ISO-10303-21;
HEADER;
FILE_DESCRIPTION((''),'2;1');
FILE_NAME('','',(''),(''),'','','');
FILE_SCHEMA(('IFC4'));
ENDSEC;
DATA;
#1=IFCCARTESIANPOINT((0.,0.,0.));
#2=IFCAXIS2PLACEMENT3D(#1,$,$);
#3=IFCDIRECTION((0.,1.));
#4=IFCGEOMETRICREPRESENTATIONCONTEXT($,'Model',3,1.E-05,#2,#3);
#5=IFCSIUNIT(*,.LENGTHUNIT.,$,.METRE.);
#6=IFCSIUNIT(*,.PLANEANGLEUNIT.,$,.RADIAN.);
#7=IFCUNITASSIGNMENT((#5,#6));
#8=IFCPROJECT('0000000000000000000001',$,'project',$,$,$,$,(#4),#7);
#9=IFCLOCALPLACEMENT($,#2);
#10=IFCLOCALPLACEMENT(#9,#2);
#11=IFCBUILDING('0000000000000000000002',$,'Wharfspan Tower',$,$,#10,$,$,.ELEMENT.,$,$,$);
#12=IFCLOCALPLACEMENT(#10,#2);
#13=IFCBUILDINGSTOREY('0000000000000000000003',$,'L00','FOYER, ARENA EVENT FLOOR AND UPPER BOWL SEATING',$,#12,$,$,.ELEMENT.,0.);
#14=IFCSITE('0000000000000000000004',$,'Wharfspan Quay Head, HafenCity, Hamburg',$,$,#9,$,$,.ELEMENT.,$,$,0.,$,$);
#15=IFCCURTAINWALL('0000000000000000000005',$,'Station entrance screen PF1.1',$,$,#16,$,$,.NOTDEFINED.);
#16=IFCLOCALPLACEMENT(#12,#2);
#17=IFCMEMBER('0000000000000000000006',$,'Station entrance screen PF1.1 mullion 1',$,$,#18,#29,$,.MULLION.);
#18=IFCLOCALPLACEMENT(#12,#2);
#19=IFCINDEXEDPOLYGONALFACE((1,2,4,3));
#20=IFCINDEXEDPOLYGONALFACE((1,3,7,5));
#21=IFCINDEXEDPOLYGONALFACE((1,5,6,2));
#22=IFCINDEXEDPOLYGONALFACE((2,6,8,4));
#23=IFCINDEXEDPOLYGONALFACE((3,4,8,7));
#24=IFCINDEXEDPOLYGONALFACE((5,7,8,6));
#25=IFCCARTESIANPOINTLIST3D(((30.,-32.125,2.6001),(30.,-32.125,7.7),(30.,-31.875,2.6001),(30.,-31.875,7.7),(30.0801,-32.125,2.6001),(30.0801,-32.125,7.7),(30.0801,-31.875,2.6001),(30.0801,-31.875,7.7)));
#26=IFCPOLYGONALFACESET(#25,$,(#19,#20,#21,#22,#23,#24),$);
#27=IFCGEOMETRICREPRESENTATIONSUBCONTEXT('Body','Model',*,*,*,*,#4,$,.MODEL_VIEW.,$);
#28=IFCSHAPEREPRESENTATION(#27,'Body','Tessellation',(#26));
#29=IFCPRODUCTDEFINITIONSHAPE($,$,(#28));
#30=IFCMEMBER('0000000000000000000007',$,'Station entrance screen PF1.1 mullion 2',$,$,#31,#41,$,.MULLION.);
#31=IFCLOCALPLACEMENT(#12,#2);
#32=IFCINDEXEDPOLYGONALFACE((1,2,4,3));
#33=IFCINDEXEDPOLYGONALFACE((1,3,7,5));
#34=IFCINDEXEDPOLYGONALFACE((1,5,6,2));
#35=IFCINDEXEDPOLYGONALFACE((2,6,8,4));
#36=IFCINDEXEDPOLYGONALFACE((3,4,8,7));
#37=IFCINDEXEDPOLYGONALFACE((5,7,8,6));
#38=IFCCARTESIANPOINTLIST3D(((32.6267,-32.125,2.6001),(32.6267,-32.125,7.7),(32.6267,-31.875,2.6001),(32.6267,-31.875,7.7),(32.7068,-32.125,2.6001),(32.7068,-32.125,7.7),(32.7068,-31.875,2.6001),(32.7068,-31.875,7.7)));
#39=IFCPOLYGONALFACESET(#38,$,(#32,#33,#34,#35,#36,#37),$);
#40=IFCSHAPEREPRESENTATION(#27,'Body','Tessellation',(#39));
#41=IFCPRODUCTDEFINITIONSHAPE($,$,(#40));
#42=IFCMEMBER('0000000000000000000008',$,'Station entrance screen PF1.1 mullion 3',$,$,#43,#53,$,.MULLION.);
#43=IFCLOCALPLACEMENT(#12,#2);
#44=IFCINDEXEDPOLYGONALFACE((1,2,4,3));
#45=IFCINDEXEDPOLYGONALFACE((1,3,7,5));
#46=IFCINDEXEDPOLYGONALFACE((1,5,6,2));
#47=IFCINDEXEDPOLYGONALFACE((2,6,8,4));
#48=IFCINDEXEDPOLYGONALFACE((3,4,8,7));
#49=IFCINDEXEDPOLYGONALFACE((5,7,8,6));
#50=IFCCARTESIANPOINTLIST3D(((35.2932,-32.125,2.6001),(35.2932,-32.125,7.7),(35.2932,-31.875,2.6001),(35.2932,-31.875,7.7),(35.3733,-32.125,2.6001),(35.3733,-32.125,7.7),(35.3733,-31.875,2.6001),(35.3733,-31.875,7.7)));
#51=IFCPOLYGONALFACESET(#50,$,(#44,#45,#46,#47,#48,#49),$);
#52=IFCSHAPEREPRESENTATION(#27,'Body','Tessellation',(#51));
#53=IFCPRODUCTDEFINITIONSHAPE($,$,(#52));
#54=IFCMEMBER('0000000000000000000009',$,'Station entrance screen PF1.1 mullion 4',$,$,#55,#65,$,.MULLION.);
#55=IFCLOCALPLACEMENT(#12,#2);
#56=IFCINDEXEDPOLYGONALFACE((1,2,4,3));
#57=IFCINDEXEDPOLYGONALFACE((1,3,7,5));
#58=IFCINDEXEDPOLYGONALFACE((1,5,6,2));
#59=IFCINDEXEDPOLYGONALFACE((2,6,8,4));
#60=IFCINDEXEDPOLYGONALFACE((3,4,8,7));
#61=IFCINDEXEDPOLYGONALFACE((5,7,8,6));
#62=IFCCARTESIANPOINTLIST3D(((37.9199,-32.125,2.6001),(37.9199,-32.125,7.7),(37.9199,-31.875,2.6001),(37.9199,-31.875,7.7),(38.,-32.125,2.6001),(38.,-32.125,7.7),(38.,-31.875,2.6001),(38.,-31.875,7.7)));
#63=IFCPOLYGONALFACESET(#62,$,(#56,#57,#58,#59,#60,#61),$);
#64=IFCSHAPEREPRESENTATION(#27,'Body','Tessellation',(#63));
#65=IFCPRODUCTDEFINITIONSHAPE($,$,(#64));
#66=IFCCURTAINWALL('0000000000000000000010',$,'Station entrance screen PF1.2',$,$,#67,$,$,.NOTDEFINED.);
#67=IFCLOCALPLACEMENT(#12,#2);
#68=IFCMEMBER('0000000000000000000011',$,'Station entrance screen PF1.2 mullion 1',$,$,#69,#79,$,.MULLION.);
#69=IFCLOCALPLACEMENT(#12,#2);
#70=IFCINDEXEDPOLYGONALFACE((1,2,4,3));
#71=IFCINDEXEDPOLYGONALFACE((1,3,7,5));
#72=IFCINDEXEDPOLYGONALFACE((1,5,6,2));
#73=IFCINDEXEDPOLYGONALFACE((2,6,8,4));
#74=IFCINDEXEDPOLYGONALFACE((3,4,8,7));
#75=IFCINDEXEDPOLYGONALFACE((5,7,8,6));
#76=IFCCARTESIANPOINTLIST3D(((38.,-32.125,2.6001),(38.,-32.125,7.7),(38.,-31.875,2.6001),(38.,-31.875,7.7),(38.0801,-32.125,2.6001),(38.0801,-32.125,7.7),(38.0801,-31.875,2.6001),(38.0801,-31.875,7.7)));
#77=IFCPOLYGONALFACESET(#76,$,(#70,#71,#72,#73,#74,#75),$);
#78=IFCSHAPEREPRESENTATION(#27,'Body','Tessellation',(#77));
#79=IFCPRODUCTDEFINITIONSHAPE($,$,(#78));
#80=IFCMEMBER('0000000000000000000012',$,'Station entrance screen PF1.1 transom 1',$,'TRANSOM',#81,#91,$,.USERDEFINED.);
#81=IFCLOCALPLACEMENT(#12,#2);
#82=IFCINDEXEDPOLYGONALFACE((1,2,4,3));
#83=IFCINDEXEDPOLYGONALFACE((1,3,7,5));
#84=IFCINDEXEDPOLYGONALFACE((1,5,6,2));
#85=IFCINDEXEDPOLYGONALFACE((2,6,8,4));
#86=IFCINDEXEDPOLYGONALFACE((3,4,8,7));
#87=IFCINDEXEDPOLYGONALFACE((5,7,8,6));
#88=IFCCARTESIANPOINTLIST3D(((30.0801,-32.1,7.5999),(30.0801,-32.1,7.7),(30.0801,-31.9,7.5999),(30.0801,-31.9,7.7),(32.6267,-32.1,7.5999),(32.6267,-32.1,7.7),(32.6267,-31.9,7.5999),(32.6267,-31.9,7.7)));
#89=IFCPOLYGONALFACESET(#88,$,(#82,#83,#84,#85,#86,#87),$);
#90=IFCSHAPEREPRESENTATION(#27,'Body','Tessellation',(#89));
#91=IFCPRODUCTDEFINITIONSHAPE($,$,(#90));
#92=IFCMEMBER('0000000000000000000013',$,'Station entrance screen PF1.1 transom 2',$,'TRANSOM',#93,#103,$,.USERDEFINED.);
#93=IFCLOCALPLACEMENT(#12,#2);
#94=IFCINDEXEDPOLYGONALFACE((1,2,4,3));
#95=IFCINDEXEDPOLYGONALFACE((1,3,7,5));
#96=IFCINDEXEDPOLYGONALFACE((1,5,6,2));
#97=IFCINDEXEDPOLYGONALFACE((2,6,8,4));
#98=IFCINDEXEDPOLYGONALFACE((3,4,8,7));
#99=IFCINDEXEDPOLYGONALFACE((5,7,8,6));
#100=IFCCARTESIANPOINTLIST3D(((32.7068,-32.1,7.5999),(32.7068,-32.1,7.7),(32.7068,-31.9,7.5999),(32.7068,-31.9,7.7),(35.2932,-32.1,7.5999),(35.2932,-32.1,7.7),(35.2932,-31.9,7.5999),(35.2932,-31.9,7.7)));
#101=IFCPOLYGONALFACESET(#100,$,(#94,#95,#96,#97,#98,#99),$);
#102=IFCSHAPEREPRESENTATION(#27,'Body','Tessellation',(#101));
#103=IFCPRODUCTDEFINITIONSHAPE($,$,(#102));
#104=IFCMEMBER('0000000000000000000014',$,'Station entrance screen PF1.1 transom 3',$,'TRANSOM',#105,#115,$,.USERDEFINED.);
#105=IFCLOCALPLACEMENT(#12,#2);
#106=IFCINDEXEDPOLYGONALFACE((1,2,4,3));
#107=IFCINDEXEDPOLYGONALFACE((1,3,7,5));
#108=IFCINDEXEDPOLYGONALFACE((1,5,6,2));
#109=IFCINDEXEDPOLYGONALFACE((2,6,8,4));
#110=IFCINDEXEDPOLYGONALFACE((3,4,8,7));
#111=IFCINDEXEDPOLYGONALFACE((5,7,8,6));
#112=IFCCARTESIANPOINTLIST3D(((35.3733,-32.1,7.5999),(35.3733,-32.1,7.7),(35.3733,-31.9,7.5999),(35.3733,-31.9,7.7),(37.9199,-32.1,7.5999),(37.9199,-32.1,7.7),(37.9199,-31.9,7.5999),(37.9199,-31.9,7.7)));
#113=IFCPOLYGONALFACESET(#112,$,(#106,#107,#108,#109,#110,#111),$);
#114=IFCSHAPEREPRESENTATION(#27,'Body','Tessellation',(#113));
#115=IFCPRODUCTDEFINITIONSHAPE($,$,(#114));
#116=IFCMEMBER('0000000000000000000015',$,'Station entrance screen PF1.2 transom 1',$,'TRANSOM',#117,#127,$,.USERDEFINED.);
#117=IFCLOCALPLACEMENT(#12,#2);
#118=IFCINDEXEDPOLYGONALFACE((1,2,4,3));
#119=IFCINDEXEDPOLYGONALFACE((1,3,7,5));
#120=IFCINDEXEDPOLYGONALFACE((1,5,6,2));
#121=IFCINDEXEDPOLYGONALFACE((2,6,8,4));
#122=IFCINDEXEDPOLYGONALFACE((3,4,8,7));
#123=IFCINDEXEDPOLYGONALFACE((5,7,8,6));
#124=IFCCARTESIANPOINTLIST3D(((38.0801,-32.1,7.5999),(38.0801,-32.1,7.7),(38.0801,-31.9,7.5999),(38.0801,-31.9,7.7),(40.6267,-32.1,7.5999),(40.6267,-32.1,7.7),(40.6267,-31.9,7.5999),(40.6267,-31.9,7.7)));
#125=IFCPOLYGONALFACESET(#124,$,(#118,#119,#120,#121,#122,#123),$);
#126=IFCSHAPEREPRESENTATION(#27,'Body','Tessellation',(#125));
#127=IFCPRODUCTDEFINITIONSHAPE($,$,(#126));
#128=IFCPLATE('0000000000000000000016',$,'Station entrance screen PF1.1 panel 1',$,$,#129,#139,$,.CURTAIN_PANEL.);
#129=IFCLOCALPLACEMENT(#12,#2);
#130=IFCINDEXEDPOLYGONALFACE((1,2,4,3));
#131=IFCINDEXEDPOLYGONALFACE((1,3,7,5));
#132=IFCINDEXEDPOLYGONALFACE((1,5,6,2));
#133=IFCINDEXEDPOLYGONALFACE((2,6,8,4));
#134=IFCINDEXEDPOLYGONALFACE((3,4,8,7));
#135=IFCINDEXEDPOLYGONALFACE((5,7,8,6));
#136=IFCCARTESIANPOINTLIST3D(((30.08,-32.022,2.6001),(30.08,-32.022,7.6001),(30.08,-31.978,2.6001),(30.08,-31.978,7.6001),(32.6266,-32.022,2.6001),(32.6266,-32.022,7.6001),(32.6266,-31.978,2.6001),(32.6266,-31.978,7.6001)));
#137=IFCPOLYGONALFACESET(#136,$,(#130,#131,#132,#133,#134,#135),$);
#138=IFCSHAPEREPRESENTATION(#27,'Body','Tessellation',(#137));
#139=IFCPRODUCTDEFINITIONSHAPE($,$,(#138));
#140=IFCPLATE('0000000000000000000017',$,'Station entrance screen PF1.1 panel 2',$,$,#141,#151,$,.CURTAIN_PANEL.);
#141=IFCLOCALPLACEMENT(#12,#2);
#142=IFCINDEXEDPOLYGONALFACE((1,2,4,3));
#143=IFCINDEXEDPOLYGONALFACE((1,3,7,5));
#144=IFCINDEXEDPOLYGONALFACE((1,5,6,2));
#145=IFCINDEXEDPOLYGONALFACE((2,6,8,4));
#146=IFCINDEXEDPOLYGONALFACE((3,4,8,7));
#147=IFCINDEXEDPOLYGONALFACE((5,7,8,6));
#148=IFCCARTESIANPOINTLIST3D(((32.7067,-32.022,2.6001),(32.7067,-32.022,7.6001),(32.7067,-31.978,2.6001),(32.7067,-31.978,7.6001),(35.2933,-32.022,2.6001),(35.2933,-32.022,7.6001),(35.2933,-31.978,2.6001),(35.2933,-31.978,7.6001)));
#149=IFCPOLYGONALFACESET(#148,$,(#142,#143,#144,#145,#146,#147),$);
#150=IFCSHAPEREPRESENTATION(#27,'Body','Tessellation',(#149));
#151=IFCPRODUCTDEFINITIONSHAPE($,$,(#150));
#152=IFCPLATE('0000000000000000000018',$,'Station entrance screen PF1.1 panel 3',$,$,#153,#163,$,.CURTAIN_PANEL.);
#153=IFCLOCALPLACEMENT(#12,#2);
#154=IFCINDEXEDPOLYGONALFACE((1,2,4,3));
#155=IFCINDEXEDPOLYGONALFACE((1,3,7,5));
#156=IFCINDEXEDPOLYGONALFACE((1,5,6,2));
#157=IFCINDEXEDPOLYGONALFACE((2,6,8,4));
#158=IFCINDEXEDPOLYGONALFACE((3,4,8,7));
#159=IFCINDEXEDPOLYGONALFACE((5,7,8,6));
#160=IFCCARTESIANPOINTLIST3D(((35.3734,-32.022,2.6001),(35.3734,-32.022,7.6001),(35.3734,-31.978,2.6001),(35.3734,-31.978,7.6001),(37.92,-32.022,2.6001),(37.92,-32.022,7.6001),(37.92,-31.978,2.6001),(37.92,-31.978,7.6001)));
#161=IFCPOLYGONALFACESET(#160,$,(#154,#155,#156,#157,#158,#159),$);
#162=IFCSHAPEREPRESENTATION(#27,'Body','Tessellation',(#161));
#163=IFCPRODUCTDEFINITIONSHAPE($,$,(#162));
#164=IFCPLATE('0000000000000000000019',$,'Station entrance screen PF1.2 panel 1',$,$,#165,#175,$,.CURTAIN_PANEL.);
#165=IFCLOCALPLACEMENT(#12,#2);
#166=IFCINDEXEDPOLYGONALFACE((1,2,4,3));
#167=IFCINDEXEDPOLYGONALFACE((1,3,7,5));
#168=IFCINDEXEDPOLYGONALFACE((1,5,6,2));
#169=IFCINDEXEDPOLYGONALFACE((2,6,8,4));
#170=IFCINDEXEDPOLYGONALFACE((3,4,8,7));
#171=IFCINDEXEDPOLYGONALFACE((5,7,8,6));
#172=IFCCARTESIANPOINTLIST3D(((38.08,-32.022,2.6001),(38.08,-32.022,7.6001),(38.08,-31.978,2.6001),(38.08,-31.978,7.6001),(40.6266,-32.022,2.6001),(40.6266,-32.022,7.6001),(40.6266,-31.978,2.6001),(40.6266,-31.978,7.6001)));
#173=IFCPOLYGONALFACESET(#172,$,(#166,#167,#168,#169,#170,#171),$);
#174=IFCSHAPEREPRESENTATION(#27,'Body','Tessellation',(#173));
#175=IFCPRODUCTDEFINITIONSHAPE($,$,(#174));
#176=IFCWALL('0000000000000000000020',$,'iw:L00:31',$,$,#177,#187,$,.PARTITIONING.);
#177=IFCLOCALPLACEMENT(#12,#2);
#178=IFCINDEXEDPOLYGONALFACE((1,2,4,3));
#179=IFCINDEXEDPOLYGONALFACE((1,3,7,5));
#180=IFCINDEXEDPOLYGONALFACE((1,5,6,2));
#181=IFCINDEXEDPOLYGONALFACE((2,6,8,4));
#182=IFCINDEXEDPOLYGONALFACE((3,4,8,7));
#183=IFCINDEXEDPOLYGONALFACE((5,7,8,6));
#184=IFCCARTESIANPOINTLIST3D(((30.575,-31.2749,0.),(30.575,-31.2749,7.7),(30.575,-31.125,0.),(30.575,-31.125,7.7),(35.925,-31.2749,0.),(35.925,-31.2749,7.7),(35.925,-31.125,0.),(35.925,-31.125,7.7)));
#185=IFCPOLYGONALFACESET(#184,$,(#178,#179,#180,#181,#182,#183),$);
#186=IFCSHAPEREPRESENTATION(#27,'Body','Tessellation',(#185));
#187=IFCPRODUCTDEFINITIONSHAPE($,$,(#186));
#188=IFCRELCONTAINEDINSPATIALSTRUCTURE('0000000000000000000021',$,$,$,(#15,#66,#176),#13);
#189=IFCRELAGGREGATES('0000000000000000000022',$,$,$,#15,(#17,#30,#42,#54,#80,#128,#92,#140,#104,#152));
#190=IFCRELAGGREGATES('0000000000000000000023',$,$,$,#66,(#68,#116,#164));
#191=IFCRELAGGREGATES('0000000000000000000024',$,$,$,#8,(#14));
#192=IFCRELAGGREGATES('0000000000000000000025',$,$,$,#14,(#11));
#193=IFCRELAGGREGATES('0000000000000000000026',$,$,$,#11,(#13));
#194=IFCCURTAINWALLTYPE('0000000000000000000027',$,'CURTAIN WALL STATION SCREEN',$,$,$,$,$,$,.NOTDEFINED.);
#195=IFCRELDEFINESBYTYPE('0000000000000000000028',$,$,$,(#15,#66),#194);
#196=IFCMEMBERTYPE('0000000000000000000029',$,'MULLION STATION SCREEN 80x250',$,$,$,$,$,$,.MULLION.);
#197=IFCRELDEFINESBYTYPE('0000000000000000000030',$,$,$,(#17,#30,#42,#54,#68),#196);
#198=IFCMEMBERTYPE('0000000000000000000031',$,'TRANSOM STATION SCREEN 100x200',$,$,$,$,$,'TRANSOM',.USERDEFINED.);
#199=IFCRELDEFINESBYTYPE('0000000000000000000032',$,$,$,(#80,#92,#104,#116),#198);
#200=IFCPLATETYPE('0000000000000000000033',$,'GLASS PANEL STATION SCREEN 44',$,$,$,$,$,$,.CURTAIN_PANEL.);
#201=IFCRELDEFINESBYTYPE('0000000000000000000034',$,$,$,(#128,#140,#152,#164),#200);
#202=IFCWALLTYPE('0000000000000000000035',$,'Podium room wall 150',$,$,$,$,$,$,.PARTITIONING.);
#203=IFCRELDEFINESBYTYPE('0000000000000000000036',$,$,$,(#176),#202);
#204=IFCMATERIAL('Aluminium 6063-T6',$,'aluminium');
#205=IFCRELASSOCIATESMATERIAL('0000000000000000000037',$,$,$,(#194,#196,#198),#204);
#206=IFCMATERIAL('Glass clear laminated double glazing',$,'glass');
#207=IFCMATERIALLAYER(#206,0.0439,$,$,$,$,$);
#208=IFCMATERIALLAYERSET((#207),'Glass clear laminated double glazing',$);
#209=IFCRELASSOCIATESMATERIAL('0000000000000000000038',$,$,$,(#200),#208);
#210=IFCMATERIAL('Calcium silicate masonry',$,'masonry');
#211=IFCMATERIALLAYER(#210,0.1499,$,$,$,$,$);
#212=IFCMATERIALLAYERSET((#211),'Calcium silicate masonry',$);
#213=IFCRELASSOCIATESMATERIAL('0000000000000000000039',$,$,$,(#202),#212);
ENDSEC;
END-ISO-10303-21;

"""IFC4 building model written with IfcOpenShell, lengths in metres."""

from ifc_helpers import new_model, si_unit, direction, frame, frame_2d, origin, origin_2d, place, context, subcontext, project, spatial, rectangle, extrude, material, layer, layer_set, material_profile, profile_set, type_object, element, aggregate, save


model = new_model("IFC4")

# Units and contexts
model_context = context("Model", 3, precision=1e-05, world=origin(), true_north=direction((0.0, 1.0)))
body_context = subcontext(model_context, "Body", "Model", "MODEL_VIEW")
ifc_project = project(units=[si_unit("LENGTHUNIT", "METRE"), si_unit("PLANEANGLEUNIT", "RADIAN")], contexts=[model_context])

# Site, building, storey
site_placement = place(None, origin())
site = spatial("IfcSite", under=ifc_project, at=site_placement, Name="Wharfspan Quay Head, HafenCity, Hamburg", CompositionType="ELEMENT", RefElevation=0.0)
building_placement = place(site_placement, origin())
building = spatial("IfcBuilding", under=site, at=building_placement, Name="Wharfspan Tower", CompositionType="ELEMENT")
storey_placement = place(building_placement, origin())
storey = spatial("IfcBuildingStorey", under=building, at=storey_placement, Name="L00", Description="FOYER, ARENA EVENT FLOOR AND UPPER BOWL SEATING", CompositionType="ELEMENT", Elevation=0.0)

# Curtain wall, members
ifc_material_1 = material(Name="Aluminium 6063-T6", Category="aluminium")
curtain_wall_type = type_object("IfcCurtainWallType", Name="CURTAIN WALL STATION SCREEN", PredefinedType="NOTDEFINED", material=ifc_material_1)
curtain_wall_1_placement = place(storey_placement, origin())
curtain_wall_1 = element("IfcCurtainWall", 1, at=curtain_wall_1_placement, inside=storey, type_object=curtain_wall_type, Name="Station entrance screen PF1.1", PredefinedType="NOTDEFINED")
ifc_material_profile_1 = material_profile(ifc_material_1, rectangle(XDim=0.25, YDim=0.0801, at=origin_2d()))
ifc_profile_set_1 = profile_set([ifc_material_profile_1], Name="Aluminium 6063-T6")
member_type_1 = type_object("IfcMemberType", Name="MULLION STATION SCREEN 80x250", PredefinedType="MULLION", material=ifc_profile_set_1)
member_1_placement = place(storey_placement, frame((30.04, -32.0, 2.6001), z_axis=(0.0, 0.0, 1.0), x_axis=(0.0, 1.0, 0.0)))
member_1 = element("IfcMember", 2, at=member_1_placement, type_object=member_type_1, Name="Station entrance screen PF1.1 mullion 1", PredefinedType="MULLION", context=body_context, shape_type="SweptSolid", body=[
    extrude(rectangle(XDim=0.25, YDim=0.0801, at=origin_2d()), origin(), (0.0, 0.0, 1.0), 5.0999),
])
member_2_placement = place(storey_placement, frame((32.6667, -32.0, 2.6001), z_axis=(0.0, 0.0, 1.0), x_axis=(0.0, 1.0, 0.0)))
member_2 = element("IfcMember", 3, at=member_2_placement, type_object=member_type_1, Name="Station entrance screen PF1.1 mullion 2", PredefinedType="MULLION", context=body_context, shape_type="SweptSolid", body=[
    extrude(rectangle(XDim=0.25, YDim=0.0801, at=origin_2d()), origin(), (0.0, 0.0, 1.0), 5.0999),
])
member_3_placement = place(storey_placement, frame((35.3333, -32.0, 2.6001), z_axis=(0.0, 0.0, 1.0), x_axis=(0.0, 1.0, 0.0)))
member_3 = element("IfcMember", 4, at=member_3_placement, type_object=member_type_1, Name="Station entrance screen PF1.1 mullion 3", PredefinedType="MULLION", context=body_context, shape_type="SweptSolid", body=[
    extrude(rectangle(XDim=0.25, YDim=0.0801, at=origin_2d()), origin(), (0.0, 0.0, 1.0), 5.0999),
])
member_4_placement = place(storey_placement, frame((37.96, -32.0, 2.6001), z_axis=(0.0, 0.0, 1.0), x_axis=(0.0, 1.0, 0.0)))
member_4 = element("IfcMember", 5, at=member_4_placement, type_object=member_type_1, Name="Station entrance screen PF1.1 mullion 4", PredefinedType="MULLION", context=body_context, shape_type="SweptSolid", body=[
    extrude(rectangle(XDim=0.25, YDim=0.0801, at=origin_2d()), origin(), (0.0, 0.0, 1.0), 5.0999),
])

# Curtain wall, member
curtain_wall_2_placement = place(storey_placement, origin())
curtain_wall_2 = element("IfcCurtainWall", 6, at=curtain_wall_2_placement, inside=storey, type_object=curtain_wall_type, Name="Station entrance screen PF1.2", PredefinedType="NOTDEFINED")
member_5_placement = place(storey_placement, frame((38.04, -32.0, 2.6001), z_axis=(0.0, 0.0, 1.0), x_axis=(0.0, 1.0, 0.0)))
member_5 = element("IfcMember", 7, at=member_5_placement, type_object=member_type_1, Name="Station entrance screen PF1.2 mullion 1", PredefinedType="MULLION", context=body_context, shape_type="SweptSolid", body=[
    extrude(rectangle(XDim=0.25, YDim=0.0801, at=origin_2d()), origin(), (0.0, 0.0, 1.0), 5.0999),
])

# Members
ifc_material_profile_2 = material_profile(ifc_material_1, rectangle(XDim=0.2, YDim=0.1001, at=origin_2d()))
ifc_profile_set_2 = profile_set([ifc_material_profile_2], Name="Aluminium 6063-T6")
member_type_2 = type_object("IfcMemberType", Name="TRANSOM STATION SCREEN 100x200", ElementType="TRANSOM", PredefinedType="USERDEFINED", material=ifc_profile_set_2)
member_6_placement = place(storey_placement, frame((30.0801, -32.0, 7.6499), z_axis=(1.0, 0.0, 0.0), x_axis=(0.0, 1.0, 0.0)))
member_6 = element("IfcMember", 8, at=member_6_placement, type_object=member_type_2, Name="Station entrance screen PF1.1 transom 1", ObjectType="TRANSOM", PredefinedType="USERDEFINED", context=body_context, shape_type="SweptSolid", body=[
    extrude(rectangle(XDim=0.2, YDim=0.1001, at=origin_2d()), origin(), (0.0, 0.0, 1.0), 2.5466),
])
member_7_placement = place(storey_placement, frame((32.7068, -32.0, 7.6499), z_axis=(1.0, 0.0, 0.0), x_axis=(0.0, 1.0, 0.0)))
member_7 = element("IfcMember", 9, at=member_7_placement, type_object=member_type_2, Name="Station entrance screen PF1.1 transom 2", ObjectType="TRANSOM", PredefinedType="USERDEFINED", context=body_context, shape_type="SweptSolid", body=[
    extrude(rectangle(XDim=0.2, YDim=0.1001, at=origin_2d()), origin(), (0.0, 0.0, 1.0), 2.5864),
])
member_8_placement = place(storey_placement, frame((35.3733, -32.0, 7.6499), z_axis=(1.0, 0.0, 0.0), x_axis=(0.0, 1.0, 0.0)))
member_8 = element("IfcMember", 10, at=member_8_placement, type_object=member_type_2, Name="Station entrance screen PF1.1 transom 3", ObjectType="TRANSOM", PredefinedType="USERDEFINED", context=body_context, shape_type="SweptSolid", body=[
    extrude(rectangle(XDim=0.2, YDim=0.1001, at=origin_2d()), origin(), (0.0, 0.0, 1.0), 2.5466),
])
member_9_placement = place(storey_placement, frame((38.0801, -32.0, 7.6499), z_axis=(1.0, 0.0, 0.0), x_axis=(0.0, 1.0, 0.0)))
member_9 = element("IfcMember", 11, at=member_9_placement, type_object=member_type_2, Name="Station entrance screen PF1.2 transom 1", ObjectType="TRANSOM", PredefinedType="USERDEFINED", context=body_context, shape_type="SweptSolid", body=[
    extrude(rectangle(XDim=0.2, YDim=0.1001, at=origin_2d()), origin(), (0.0, 0.0, 1.0), 2.5466),
])

# Plates
ifc_material_2 = material(Name="Glass clear laminated double glazing", Category="glass")
ifc_layer_1 = layer(ifc_material_2, 0.0439)
ifc_layer_set_1 = layer_set([ifc_layer_1], Name="Glass clear laminated double glazing")
plate_type = type_object("IfcPlateType", Name="GLASS PANEL STATION SCREEN 44", PredefinedType="CURTAIN_PANEL", material=ifc_layer_set_1)
plate_1_placement = place(storey_placement, frame((31.3533, -32.0, 2.6001), z_axis=(0.0, 0.0, 1.0), x_axis=(1.0, 0.0, 0.0)))
plate_1 = element("IfcPlate", 12, at=plate_1_placement, type_object=plate_type, Name="Station entrance screen PF1.1 panel 1", PredefinedType="CURTAIN_PANEL", context=body_context, shape_type="SweptSolid", body=[
    extrude(rectangle(XDim=2.5466, YDim=0.0439, at=origin_2d()), origin(), (0.0, 0.0, 1.0), 5.0),
])
plate_2_placement = place(storey_placement, frame((34.0, -32.0, 2.6001), z_axis=(0.0, 0.0, 1.0), x_axis=(1.0, 0.0, 0.0)))
plate_2 = element("IfcPlate", 13, at=plate_2_placement, type_object=plate_type, Name="Station entrance screen PF1.1 panel 2", PredefinedType="CURTAIN_PANEL", context=body_context, shape_type="SweptSolid", body=[
    extrude(rectangle(XDim=2.5867, YDim=0.0439, at=origin_2d()), origin(), (0.0, 0.0, 1.0), 5.0),
])
plate_3_placement = place(storey_placement, frame((36.6467, -32.0, 2.6001), z_axis=(0.0, 0.0, 1.0), x_axis=(1.0, 0.0, 0.0)))
plate_3 = element("IfcPlate", 14, at=plate_3_placement, type_object=plate_type, Name="Station entrance screen PF1.1 panel 3", PredefinedType="CURTAIN_PANEL", context=body_context, shape_type="SweptSolid", body=[
    extrude(rectangle(XDim=2.5466, YDim=0.0439, at=origin_2d()), origin(), (0.0, 0.0, 1.0), 5.0),
])
aggregate(curtain_wall_1, [member_1, member_2, member_3, member_4, member_6, plate_1, member_7, plate_2, member_8, plate_3])
plate_4_placement = place(storey_placement, frame((39.3533, -32.0, 2.6001), z_axis=(0.0, 0.0, 1.0), x_axis=(1.0, 0.0, 0.0)))
plate_4 = element("IfcPlate", 15, at=plate_4_placement, type_object=plate_type, Name="Station entrance screen PF1.2 panel 1", PredefinedType="CURTAIN_PANEL", context=body_context, shape_type="SweptSolid", body=[
    extrude(rectangle(XDim=2.5466, YDim=0.0439, at=origin_2d()), origin(), (0.0, 0.0, 1.0), 5.0),
])
aggregate(curtain_wall_2, [member_5, member_9, plate_4])

# Wall
ifc_material_3 = material(Name="Calcium silicate masonry", Category="masonry")
ifc_layer_2 = layer(ifc_material_3, 0.1499)
ifc_layer_set_2 = layer_set([ifc_layer_2], Name="Calcium silicate masonry")
wall_type_1 = type_object("IfcWallType", Name="Podium room wall 150", PredefinedType="PARTITIONING", material=ifc_layer_set_2)
wall_1_placement = place(storey_placement, frame((30.575, -31.2, 0.0), z_axis=(0.0, 0.0, 1.0), x_axis=(1.0, 0.0, 0.0)))
element("IfcWall", 16, at=wall_1_placement, inside=storey, type_object=wall_type_1, Name="iw:L00:31", PredefinedType="PARTITIONING", context=body_context, shape_type="SweptSolid", body=[
    extrude(rectangle(XDim=5.3501, YDim=0.1499, at=frame_2d((2.675, 0.0))), origin(), (0.0, 0.0, 1.0), 7.7),
])

save(model, "model.ifc")
